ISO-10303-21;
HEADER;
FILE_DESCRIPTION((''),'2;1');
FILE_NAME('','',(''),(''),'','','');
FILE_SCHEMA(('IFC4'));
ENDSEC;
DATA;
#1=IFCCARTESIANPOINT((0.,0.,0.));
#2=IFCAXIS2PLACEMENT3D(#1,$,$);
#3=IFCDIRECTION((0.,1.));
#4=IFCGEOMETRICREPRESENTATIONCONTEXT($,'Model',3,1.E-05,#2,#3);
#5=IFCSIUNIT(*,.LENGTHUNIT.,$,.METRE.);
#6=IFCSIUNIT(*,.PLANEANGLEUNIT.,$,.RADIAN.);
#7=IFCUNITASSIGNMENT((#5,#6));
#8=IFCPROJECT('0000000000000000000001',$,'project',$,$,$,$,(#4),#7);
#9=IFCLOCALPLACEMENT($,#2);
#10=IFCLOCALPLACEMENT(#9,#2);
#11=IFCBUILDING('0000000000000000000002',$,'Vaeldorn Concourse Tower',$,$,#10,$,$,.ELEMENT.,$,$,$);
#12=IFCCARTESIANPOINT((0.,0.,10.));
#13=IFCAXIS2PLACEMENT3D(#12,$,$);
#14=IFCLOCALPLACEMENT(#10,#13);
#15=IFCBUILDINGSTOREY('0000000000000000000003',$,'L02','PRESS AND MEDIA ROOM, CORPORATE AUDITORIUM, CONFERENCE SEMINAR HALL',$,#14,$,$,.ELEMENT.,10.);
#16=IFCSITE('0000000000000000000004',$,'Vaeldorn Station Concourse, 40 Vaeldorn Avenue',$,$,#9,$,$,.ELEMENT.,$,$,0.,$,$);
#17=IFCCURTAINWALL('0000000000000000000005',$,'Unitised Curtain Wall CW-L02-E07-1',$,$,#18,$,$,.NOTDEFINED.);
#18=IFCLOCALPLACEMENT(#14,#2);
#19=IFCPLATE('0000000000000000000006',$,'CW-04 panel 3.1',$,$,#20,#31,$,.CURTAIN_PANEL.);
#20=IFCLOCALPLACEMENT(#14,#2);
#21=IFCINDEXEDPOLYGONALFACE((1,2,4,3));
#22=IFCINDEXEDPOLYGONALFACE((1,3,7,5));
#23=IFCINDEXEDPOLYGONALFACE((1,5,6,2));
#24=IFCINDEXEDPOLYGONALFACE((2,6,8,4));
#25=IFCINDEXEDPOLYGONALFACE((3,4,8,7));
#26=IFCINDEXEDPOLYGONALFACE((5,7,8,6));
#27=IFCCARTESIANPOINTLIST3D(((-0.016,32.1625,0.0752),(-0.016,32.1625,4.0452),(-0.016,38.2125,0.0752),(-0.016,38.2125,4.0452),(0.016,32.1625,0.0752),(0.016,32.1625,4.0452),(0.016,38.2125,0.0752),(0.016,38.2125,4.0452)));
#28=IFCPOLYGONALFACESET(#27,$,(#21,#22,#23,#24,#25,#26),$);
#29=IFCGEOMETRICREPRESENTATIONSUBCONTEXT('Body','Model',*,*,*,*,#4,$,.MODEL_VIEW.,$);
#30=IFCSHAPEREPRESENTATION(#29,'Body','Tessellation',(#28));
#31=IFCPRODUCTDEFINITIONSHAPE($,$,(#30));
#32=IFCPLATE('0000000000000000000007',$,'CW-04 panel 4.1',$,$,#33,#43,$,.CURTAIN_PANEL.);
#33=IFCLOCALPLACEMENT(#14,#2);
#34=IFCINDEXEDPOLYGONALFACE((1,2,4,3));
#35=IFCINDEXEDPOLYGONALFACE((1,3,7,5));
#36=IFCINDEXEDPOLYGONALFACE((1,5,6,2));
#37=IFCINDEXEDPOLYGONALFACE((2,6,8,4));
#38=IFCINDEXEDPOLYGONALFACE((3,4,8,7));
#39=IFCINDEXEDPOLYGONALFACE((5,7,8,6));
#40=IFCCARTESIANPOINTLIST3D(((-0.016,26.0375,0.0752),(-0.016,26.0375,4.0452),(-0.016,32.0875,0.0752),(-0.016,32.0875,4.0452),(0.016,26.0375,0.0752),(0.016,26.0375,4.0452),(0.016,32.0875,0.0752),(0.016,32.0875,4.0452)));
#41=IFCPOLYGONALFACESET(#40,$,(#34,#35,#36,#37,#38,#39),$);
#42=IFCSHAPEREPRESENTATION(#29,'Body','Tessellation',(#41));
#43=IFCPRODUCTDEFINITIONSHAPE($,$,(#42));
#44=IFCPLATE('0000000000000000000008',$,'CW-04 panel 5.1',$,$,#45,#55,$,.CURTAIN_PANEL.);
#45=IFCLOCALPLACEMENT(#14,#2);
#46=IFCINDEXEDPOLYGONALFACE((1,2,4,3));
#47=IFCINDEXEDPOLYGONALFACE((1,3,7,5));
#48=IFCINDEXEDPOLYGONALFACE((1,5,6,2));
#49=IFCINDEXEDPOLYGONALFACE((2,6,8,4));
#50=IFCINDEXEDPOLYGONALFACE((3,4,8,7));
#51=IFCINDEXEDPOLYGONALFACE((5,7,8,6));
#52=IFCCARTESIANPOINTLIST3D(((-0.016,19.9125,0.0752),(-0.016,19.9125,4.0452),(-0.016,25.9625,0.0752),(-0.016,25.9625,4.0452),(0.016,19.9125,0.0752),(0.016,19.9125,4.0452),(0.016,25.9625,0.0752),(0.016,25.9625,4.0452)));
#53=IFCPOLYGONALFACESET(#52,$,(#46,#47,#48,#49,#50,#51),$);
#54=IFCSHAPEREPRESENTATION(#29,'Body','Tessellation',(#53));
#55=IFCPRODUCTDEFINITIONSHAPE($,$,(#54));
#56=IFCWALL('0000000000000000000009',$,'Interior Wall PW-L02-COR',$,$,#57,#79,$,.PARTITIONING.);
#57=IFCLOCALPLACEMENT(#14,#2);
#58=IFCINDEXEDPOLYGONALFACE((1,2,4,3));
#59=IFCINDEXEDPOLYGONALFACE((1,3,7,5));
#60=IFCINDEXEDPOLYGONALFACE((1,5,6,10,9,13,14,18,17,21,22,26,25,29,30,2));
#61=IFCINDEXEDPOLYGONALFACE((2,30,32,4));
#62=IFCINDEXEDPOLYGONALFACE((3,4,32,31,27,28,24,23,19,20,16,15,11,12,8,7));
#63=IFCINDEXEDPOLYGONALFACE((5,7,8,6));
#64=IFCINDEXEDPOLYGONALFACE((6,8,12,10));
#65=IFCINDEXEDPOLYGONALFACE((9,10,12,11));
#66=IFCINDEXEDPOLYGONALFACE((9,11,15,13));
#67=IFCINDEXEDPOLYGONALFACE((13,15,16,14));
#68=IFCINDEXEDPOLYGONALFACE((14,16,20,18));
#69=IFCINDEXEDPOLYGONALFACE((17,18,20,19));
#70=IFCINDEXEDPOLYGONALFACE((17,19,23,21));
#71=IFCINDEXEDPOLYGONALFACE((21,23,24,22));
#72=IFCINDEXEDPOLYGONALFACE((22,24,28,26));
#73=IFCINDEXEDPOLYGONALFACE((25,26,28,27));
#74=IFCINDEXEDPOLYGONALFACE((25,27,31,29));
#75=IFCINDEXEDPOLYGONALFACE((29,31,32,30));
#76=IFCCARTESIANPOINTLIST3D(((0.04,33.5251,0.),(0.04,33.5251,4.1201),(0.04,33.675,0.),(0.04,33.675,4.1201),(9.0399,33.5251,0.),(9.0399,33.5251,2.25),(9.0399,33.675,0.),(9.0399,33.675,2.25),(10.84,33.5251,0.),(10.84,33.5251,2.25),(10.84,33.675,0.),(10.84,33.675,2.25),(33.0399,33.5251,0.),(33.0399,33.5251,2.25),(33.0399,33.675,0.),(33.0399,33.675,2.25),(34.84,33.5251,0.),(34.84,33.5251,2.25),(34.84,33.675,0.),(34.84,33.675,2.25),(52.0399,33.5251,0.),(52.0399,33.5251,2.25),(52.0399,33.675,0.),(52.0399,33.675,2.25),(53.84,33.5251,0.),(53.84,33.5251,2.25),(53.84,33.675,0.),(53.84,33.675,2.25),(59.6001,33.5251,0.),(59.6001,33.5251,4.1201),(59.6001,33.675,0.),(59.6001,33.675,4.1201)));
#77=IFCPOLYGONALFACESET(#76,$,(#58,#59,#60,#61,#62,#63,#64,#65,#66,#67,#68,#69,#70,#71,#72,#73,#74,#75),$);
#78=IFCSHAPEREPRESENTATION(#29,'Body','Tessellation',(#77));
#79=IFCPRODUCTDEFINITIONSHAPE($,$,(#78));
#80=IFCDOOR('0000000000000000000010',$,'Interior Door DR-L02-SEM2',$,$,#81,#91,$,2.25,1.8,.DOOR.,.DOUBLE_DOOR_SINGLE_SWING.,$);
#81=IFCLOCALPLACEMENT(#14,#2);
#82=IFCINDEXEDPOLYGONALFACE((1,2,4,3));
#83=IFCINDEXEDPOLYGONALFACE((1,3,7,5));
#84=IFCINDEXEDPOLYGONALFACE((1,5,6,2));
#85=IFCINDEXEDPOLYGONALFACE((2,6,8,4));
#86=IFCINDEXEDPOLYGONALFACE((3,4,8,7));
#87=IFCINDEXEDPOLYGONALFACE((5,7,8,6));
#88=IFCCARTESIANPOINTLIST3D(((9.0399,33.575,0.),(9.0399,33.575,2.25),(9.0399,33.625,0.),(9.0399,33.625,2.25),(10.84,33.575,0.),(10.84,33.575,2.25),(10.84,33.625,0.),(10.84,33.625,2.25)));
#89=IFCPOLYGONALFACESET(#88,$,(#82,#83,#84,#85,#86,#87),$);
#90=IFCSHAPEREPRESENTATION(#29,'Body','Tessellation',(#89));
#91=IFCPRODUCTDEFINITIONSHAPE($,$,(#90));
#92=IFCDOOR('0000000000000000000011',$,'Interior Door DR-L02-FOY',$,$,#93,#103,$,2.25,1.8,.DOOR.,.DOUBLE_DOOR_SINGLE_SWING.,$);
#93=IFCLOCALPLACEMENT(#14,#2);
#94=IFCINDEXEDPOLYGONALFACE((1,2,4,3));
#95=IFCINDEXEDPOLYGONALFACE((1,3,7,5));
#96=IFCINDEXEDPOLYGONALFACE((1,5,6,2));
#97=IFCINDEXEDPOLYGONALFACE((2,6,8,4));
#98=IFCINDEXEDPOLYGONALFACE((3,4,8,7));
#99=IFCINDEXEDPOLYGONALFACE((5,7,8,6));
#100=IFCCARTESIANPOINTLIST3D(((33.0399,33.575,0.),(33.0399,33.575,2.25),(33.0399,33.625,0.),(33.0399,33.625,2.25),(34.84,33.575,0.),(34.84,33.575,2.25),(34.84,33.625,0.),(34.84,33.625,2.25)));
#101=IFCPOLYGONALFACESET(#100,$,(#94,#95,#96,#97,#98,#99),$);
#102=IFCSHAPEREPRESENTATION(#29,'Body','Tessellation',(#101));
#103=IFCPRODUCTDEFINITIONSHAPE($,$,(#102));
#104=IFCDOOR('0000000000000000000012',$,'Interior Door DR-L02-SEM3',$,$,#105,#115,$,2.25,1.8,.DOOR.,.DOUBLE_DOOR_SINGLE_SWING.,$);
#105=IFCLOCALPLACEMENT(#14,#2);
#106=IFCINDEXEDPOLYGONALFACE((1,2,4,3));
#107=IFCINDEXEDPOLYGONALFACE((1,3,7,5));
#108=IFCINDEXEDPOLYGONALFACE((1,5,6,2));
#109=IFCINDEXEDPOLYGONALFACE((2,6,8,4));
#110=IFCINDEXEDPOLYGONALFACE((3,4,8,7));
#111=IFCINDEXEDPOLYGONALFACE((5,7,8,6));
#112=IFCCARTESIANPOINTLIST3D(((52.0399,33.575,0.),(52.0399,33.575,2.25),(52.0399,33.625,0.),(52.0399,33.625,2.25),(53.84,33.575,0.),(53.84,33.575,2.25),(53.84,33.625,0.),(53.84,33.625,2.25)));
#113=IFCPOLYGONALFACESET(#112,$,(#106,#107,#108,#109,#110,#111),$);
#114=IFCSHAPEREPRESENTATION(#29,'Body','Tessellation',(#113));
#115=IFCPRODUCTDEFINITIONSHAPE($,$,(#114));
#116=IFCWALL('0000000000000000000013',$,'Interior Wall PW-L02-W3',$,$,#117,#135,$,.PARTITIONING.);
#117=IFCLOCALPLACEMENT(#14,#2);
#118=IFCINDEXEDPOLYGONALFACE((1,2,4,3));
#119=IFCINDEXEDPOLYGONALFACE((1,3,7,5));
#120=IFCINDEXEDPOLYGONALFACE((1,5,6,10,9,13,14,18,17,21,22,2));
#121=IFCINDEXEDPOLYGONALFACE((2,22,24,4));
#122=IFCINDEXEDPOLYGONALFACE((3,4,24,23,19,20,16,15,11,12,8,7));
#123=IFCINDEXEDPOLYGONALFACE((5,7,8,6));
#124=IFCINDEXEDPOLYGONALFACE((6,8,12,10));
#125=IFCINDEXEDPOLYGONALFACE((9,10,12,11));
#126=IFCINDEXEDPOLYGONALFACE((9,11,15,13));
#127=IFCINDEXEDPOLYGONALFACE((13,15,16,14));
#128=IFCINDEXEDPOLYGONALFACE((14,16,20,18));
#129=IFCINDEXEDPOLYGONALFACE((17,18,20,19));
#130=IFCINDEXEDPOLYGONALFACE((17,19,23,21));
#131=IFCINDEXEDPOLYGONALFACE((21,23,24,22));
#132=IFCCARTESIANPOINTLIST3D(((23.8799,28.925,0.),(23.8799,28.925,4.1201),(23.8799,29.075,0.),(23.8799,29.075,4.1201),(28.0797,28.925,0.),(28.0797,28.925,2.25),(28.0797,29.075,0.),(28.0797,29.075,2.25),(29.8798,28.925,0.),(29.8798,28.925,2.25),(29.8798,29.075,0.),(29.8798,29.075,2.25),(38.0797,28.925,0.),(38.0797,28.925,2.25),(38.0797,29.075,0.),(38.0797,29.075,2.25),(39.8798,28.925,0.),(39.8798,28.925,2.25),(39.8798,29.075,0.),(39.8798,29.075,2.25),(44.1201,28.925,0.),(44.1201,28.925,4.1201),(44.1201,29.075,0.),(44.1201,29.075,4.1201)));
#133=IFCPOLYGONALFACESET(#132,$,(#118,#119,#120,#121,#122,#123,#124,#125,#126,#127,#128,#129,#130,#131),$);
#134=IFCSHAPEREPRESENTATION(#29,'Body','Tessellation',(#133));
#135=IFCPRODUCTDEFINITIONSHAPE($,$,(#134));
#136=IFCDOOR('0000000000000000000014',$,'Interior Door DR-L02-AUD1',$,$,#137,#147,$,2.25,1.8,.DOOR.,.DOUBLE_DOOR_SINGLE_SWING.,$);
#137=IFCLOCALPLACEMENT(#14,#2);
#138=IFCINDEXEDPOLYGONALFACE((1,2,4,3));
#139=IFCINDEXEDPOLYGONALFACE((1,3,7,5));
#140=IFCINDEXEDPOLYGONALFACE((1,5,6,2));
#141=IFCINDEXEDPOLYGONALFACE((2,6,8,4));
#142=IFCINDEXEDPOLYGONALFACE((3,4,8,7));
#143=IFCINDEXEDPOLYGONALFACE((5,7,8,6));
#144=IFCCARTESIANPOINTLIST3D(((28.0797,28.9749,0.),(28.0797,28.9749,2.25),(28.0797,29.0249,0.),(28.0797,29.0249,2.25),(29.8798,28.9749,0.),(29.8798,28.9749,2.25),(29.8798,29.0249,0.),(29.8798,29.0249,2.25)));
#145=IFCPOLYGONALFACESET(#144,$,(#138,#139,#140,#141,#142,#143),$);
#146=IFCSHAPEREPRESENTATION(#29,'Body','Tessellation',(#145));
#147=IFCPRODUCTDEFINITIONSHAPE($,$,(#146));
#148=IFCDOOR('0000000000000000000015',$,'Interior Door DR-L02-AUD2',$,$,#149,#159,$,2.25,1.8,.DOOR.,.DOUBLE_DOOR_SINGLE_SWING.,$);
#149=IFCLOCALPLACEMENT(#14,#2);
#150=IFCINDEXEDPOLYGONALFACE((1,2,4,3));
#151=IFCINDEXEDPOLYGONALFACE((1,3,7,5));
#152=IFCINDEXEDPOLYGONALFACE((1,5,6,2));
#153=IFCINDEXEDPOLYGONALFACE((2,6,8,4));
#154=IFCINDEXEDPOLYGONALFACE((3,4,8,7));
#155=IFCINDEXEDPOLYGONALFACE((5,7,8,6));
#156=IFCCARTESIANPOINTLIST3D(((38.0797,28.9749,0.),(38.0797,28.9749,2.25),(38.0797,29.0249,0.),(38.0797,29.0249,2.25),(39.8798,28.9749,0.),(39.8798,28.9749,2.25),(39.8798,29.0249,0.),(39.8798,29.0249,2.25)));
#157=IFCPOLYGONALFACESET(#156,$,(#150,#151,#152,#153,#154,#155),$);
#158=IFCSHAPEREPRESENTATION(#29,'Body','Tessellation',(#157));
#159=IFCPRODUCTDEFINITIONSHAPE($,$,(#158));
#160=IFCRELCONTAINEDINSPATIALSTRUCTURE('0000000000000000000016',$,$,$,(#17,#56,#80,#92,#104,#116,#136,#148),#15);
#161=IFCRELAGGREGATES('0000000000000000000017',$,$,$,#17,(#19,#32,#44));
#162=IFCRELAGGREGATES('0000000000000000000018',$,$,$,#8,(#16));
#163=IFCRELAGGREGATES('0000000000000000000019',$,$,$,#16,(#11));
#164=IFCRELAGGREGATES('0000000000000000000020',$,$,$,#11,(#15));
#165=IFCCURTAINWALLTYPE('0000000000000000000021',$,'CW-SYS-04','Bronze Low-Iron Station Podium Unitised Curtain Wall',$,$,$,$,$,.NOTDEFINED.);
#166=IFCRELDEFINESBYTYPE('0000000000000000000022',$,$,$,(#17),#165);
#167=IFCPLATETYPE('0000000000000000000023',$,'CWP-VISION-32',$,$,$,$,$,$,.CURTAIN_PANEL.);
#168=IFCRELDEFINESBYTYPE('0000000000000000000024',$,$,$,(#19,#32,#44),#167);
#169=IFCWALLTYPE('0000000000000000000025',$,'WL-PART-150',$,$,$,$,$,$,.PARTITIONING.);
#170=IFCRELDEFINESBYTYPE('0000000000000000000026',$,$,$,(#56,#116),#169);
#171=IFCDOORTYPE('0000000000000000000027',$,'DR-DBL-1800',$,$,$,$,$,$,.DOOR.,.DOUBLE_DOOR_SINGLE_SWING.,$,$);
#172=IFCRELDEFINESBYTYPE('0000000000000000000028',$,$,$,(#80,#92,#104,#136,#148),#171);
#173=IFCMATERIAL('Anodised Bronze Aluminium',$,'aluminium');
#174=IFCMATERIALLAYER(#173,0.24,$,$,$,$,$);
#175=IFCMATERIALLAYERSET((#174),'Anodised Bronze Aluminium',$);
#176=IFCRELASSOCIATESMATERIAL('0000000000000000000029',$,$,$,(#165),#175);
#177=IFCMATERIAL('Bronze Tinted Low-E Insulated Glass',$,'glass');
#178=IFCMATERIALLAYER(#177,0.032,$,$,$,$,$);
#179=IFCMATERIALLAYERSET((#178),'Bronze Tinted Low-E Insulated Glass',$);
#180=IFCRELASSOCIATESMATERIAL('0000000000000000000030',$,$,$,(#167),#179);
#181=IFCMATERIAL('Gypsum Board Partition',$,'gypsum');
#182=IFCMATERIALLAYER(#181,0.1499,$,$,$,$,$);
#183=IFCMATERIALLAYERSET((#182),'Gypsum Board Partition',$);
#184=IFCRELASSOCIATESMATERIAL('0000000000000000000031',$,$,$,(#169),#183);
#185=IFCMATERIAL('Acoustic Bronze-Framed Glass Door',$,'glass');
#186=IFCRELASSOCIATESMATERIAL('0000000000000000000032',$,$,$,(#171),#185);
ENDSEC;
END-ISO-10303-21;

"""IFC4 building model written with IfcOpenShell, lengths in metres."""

from ifc_helpers import new_model, si_unit, direction, frame, frame_2d, origin, origin_2d, place, context, subcontext, project, spatial, rectangle, extrude, source, transform, mapped, material, layer, layer_set, type_object, element, fill, aggregate, save


model = new_model("IFC4")

# Units and contexts
model_context = context("Model", 3, precision=1e-05, world=origin(), true_north=direction((0.0, 1.0)))
body_context = subcontext(model_context, "Body", "Model", "MODEL_VIEW")
ifc_project = project(units=[si_unit("LENGTHUNIT", "METRE"), si_unit("PLANEANGLEUNIT", "RADIAN")], contexts=[model_context])

# Site, building, storey
site_placement = place(None, origin())
site = spatial("IfcSite", under=ifc_project, at=site_placement, Name="Vaeldorn Station Concourse, 40 Vaeldorn Avenue", CompositionType="ELEMENT", RefElevation=0.0)
building_placement = place(site_placement, origin())
building = spatial("IfcBuilding", under=site, at=building_placement, Name="Vaeldorn Concourse Tower", CompositionType="ELEMENT")
storey_placement = place(building_placement, frame((0.0, 0.0, 10.0)))
storey = spatial("IfcBuildingStorey", under=building, at=storey_placement, Name="L02", Description="PRESS AND MEDIA ROOM, CORPORATE AUDITORIUM, CONFERENCE SEMINAR HALL", CompositionType="ELEMENT", Elevation=10.0)

# Curtain wall, plates
ifc_material_1 = material(Name="Anodised Bronze Aluminium", Category="aluminium")
ifc_layer_1 = layer(ifc_material_1, 0.24)
ifc_layer_set_1 = layer_set([ifc_layer_1], Name="Anodised Bronze Aluminium")
curtain_wall_type = type_object("IfcCurtainWallType", Name="CW-SYS-04", Description="Bronze Low-Iron Station Podium Unitised Curtain Wall", PredefinedType="NOTDEFINED", material=ifc_layer_set_1)
curtain_wall_placement = place(storey_placement, origin())
curtain_wall = element("IfcCurtainWall", 1, at=curtain_wall_placement, inside=storey, type_object=curtain_wall_type, Name="Unitised Curtain Wall CW-L02-E07-1", PredefinedType="NOTDEFINED")
ifc_material_2 = material(Name="Bronze Tinted Low-E Insulated Glass", Category="glass")
ifc_layer_2 = layer(ifc_material_2, 0.032)
ifc_layer_set_2 = layer_set([ifc_layer_2], Name="Bronze Tinted Low-E Insulated Glass")
plate_type = type_object("IfcPlateType", Name="CWP-VISION-32", PredefinedType="CURTAIN_PANEL", material=ifc_layer_set_2)
shared_shape_1 = source(origin(), body_context, "Body", "SweptSolid", [
    extrude(rectangle(XDim=6.05, YDim=0.032, at=origin_2d()), origin(), (0.0, 0.0, 1.0), 3.97),
])
plate_1_placement = place(storey_placement, frame((0.0, 35.1875, 0.0752), z_axis=(0.0, 0.0, 1.0), x_axis=(0.0, -1.0, 0.0)))
plate_1 = element("IfcPlate", 2, at=plate_1_placement, type_object=plate_type, Name="CW-04 panel 3.1", PredefinedType="CURTAIN_PANEL", context=body_context, shape_type="MappedRepresentation", body=[
    mapped(shared_shape_1, transform((0.0, 0.0, 0.0), scale=1.0)),
])
plate_2_placement = place(storey_placement, frame((0.0, 29.0625, 0.0752), z_axis=(0.0, 0.0, 1.0), x_axis=(0.0, -1.0, 0.0)))
plate_2 = element("IfcPlate", 3, at=plate_2_placement, type_object=plate_type, Name="CW-04 panel 4.1", PredefinedType="CURTAIN_PANEL", context=body_context, shape_type="MappedRepresentation", body=[
    mapped(shared_shape_1, transform((0.0, 0.0, 0.0), scale=1.0)),
])
plate_3_placement = place(storey_placement, frame((0.0, 22.9375, 0.0752), z_axis=(0.0, 0.0, 1.0), x_axis=(0.0, -1.0, 0.0)))
plate_3 = element("IfcPlate", 4, at=plate_3_placement, type_object=plate_type, Name="CW-04 panel 5.1", PredefinedType="CURTAIN_PANEL", context=body_context, shape_type="MappedRepresentation", body=[
    mapped(shared_shape_1, transform((0.0, 0.0, 0.0), scale=1.0)),
])
aggregate(curtain_wall, [plate_1, plate_2, plate_3])

# Walls, openings, doors
ifc_material_3 = material(Name="Gypsum Board Partition", Category="gypsum")
ifc_layer_3 = layer(ifc_material_3, 0.1499)
ifc_layer_set_3 = layer_set([ifc_layer_3], Name="Gypsum Board Partition")
wall_type = type_object("IfcWallType", Name="WL-PART-150", PredefinedType="PARTITIONING", material=ifc_layer_set_3)
wall_1_placement = place(storey_placement, frame((0.04, 33.6001, 0.0), z_axis=(0.0, 0.0, 1.0), x_axis=(1.0, 0.0, 0.0)))
wall_1 = element("IfcWall", 5, at=wall_1_placement, inside=storey, type_object=wall_type, Name="Interior Wall PW-L02-COR", PredefinedType="PARTITIONING", context=body_context, shape_type="SweptSolid", body=[
    extrude(rectangle(XDim=59.5601, YDim=0.1499, at=frame_2d((29.78, 0.0))), origin(), (0.0, 0.0, 1.0), 4.1201),
])
opening_1_placement = place(wall_1_placement, frame((9.0, 0.0, 0.0)))
opening_1 = element("IfcOpeningElement", 6, at=opening_1_placement, cuts=wall_1, PredefinedType="OPENING", context=body_context, shape_type="SweptSolid", body=[
    extrude(rectangle(XDim=1.8, YDim=2.25, at=frame_2d((0.8999, 1.125))), frame((0.0, 0.085, 0.0), z_axis=(0.0, -1.0, 0.0), x_axis=(1.0, 0.0, 0.0)), (0.0, 0.0, 1.0), 0.1699),
])
opening_2_placement = place(wall_1_placement, frame((33.0, 0.0, 0.0)))
opening_2 = element("IfcOpeningElement", 7, at=opening_2_placement, cuts=wall_1, PredefinedType="OPENING", context=body_context, shape_type="SweptSolid", body=[
    extrude(rectangle(XDim=1.8, YDim=2.25, at=frame_2d((0.8999, 1.125))), frame((0.0, 0.085, 0.0), z_axis=(0.0, -1.0, 0.0), x_axis=(1.0, 0.0, 0.0)), (0.0, 0.0, 1.0), 0.1699),
])
opening_3_placement = place(wall_1_placement, frame((52.0, 0.0, 0.0)))
opening_3 = element("IfcOpeningElement", 8, at=opening_3_placement, cuts=wall_1, PredefinedType="OPENING", context=body_context, shape_type="SweptSolid", body=[
    extrude(rectangle(XDim=1.8, YDim=2.25, at=frame_2d((0.8999, 1.125))), frame((0.0, 0.085, 0.0), z_axis=(0.0, -1.0, 0.0), x_axis=(1.0, 0.0, 0.0)), (0.0, 0.0, 1.0), 0.1699),
])
ifc_material_4 = material(Name="Acoustic Bronze-Framed Glass Door", Category="glass")
door_type = type_object("IfcDoorType", Name="DR-DBL-1800", OperationType="DOUBLE_DOOR_SINGLE_SWING", PredefinedType="DOOR", material=ifc_material_4)
shared_shape_2 = source(origin(), body_context, "Body", "SweptSolid", [
    extrude(rectangle(XDim=1.8, YDim=2.25, at=frame_2d((0.8999, 1.125))), frame((0.0, 0.0249, 0.0), z_axis=(0.0, -1.0, 0.0), x_axis=(1.0, 0.0, 0.0)), (0.0, 0.0, 1.0), 0.05),
])
door_1_placement = place(opening_1_placement, origin())
door_1 = element("IfcDoor", 9, at=door_1_placement, inside=storey, type_object=door_type, Name="Interior Door DR-L02-SEM2", OperationType="DOUBLE_DOOR_SINGLE_SWING", OverallHeight=2.25, OverallWidth=1.8, PredefinedType="DOOR", context=body_context, shape_type="MappedRepresentation", body=[
    mapped(shared_shape_2, transform((0.0, 0.0, 0.0), scale=1.0)),
])
fill(opening_1, door_1)
door_2_placement = place(opening_2_placement, origin())
door_2 = element("IfcDoor", 10, at=door_2_placement, inside=storey, type_object=door_type, Name="Interior Door DR-L02-FOY", OperationType="DOUBLE_DOOR_SINGLE_SWING", OverallHeight=2.25, OverallWidth=1.8, PredefinedType="DOOR", context=body_context, shape_type="MappedRepresentation", body=[
    mapped(shared_shape_2, transform((0.0, 0.0, 0.0), scale=1.0)),
])
fill(opening_2, door_2)
door_3_placement = place(opening_3_placement, origin())
door_3 = element("IfcDoor", 11, at=door_3_placement, inside=storey, type_object=door_type, Name="Interior Door DR-L02-SEM3", OperationType="DOUBLE_DOOR_SINGLE_SWING", OverallHeight=2.25, OverallWidth=1.8, PredefinedType="DOOR", context=body_context, shape_type="MappedRepresentation", body=[
    mapped(shared_shape_2, transform((0.0, 0.0, 0.0), scale=1.0)),
])
fill(opening_3, door_3)
wall_2_placement = place(storey_placement, frame((23.8799, 29.0, 0.0), z_axis=(0.0, 0.0, 1.0), x_axis=(1.0, 0.0, 0.0)))
wall_2 = element("IfcWall", 12, at=wall_2_placement, inside=storey, type_object=wall_type, Name="Interior Wall PW-L02-W3", PredefinedType="PARTITIONING", context=body_context, shape_type="SweptSolid", body=[
    extrude(rectangle(XDim=20.2402, YDim=0.1499, at=frame_2d((10.1201, 0.0))), origin(), (0.0, 0.0, 1.0), 4.1201),
])
opening_4_placement = place(wall_2_placement, frame((4.2, 0.0, 0.0)))
opening_4 = element("IfcOpeningElement", 13, at=opening_4_placement, cuts=wall_2, PredefinedType="OPENING", context=body_context, shape_type="SweptSolid", body=[
    extrude(rectangle(XDim=1.8, YDim=2.25, at=frame_2d((0.8999, 1.125))), frame((0.0, 0.085, 0.0), z_axis=(0.0, -1.0, 0.0), x_axis=(1.0, 0.0, 0.0)), (0.0, 0.0, 1.0), 0.1699),
])
opening_5_placement = place(wall_2_placement, frame((14.2, 0.0, 0.0)))
opening_5 = element("IfcOpeningElement", 14, at=opening_5_placement, cuts=wall_2, PredefinedType="OPENING", context=body_context, shape_type="SweptSolid", body=[
    extrude(rectangle(XDim=1.8, YDim=2.25, at=frame_2d((0.8999, 1.125))), frame((0.0, 0.085, 0.0), z_axis=(0.0, -1.0, 0.0), x_axis=(1.0, 0.0, 0.0)), (0.0, 0.0, 1.0), 0.1699),
])
door_4_placement = place(opening_4_placement, origin())
door_4 = element("IfcDoor", 15, at=door_4_placement, inside=storey, type_object=door_type, Name="Interior Door DR-L02-AUD1", OperationType="DOUBLE_DOOR_SINGLE_SWING", OverallHeight=2.25, OverallWidth=1.8, PredefinedType="DOOR", context=body_context, shape_type="MappedRepresentation", body=[
    mapped(shared_shape_2, transform((0.0, 0.0, 0.0), scale=1.0)),
])
fill(opening_4, door_4)
door_5_placement = place(opening_5_placement, origin())
door_5 = element("IfcDoor", 16, at=door_5_placement, inside=storey, type_object=door_type, Name="Interior Door DR-L02-AUD2", OperationType="DOUBLE_DOOR_SINGLE_SWING", OverallHeight=2.25, OverallWidth=1.8, PredefinedType="DOOR", context=body_context, shape_type="MappedRepresentation", body=[
    mapped(shared_shape_2, transform((0.0, 0.0, 0.0), scale=1.0)),
])
fill(opening_5, door_5)

save(model, "model.ifc")
